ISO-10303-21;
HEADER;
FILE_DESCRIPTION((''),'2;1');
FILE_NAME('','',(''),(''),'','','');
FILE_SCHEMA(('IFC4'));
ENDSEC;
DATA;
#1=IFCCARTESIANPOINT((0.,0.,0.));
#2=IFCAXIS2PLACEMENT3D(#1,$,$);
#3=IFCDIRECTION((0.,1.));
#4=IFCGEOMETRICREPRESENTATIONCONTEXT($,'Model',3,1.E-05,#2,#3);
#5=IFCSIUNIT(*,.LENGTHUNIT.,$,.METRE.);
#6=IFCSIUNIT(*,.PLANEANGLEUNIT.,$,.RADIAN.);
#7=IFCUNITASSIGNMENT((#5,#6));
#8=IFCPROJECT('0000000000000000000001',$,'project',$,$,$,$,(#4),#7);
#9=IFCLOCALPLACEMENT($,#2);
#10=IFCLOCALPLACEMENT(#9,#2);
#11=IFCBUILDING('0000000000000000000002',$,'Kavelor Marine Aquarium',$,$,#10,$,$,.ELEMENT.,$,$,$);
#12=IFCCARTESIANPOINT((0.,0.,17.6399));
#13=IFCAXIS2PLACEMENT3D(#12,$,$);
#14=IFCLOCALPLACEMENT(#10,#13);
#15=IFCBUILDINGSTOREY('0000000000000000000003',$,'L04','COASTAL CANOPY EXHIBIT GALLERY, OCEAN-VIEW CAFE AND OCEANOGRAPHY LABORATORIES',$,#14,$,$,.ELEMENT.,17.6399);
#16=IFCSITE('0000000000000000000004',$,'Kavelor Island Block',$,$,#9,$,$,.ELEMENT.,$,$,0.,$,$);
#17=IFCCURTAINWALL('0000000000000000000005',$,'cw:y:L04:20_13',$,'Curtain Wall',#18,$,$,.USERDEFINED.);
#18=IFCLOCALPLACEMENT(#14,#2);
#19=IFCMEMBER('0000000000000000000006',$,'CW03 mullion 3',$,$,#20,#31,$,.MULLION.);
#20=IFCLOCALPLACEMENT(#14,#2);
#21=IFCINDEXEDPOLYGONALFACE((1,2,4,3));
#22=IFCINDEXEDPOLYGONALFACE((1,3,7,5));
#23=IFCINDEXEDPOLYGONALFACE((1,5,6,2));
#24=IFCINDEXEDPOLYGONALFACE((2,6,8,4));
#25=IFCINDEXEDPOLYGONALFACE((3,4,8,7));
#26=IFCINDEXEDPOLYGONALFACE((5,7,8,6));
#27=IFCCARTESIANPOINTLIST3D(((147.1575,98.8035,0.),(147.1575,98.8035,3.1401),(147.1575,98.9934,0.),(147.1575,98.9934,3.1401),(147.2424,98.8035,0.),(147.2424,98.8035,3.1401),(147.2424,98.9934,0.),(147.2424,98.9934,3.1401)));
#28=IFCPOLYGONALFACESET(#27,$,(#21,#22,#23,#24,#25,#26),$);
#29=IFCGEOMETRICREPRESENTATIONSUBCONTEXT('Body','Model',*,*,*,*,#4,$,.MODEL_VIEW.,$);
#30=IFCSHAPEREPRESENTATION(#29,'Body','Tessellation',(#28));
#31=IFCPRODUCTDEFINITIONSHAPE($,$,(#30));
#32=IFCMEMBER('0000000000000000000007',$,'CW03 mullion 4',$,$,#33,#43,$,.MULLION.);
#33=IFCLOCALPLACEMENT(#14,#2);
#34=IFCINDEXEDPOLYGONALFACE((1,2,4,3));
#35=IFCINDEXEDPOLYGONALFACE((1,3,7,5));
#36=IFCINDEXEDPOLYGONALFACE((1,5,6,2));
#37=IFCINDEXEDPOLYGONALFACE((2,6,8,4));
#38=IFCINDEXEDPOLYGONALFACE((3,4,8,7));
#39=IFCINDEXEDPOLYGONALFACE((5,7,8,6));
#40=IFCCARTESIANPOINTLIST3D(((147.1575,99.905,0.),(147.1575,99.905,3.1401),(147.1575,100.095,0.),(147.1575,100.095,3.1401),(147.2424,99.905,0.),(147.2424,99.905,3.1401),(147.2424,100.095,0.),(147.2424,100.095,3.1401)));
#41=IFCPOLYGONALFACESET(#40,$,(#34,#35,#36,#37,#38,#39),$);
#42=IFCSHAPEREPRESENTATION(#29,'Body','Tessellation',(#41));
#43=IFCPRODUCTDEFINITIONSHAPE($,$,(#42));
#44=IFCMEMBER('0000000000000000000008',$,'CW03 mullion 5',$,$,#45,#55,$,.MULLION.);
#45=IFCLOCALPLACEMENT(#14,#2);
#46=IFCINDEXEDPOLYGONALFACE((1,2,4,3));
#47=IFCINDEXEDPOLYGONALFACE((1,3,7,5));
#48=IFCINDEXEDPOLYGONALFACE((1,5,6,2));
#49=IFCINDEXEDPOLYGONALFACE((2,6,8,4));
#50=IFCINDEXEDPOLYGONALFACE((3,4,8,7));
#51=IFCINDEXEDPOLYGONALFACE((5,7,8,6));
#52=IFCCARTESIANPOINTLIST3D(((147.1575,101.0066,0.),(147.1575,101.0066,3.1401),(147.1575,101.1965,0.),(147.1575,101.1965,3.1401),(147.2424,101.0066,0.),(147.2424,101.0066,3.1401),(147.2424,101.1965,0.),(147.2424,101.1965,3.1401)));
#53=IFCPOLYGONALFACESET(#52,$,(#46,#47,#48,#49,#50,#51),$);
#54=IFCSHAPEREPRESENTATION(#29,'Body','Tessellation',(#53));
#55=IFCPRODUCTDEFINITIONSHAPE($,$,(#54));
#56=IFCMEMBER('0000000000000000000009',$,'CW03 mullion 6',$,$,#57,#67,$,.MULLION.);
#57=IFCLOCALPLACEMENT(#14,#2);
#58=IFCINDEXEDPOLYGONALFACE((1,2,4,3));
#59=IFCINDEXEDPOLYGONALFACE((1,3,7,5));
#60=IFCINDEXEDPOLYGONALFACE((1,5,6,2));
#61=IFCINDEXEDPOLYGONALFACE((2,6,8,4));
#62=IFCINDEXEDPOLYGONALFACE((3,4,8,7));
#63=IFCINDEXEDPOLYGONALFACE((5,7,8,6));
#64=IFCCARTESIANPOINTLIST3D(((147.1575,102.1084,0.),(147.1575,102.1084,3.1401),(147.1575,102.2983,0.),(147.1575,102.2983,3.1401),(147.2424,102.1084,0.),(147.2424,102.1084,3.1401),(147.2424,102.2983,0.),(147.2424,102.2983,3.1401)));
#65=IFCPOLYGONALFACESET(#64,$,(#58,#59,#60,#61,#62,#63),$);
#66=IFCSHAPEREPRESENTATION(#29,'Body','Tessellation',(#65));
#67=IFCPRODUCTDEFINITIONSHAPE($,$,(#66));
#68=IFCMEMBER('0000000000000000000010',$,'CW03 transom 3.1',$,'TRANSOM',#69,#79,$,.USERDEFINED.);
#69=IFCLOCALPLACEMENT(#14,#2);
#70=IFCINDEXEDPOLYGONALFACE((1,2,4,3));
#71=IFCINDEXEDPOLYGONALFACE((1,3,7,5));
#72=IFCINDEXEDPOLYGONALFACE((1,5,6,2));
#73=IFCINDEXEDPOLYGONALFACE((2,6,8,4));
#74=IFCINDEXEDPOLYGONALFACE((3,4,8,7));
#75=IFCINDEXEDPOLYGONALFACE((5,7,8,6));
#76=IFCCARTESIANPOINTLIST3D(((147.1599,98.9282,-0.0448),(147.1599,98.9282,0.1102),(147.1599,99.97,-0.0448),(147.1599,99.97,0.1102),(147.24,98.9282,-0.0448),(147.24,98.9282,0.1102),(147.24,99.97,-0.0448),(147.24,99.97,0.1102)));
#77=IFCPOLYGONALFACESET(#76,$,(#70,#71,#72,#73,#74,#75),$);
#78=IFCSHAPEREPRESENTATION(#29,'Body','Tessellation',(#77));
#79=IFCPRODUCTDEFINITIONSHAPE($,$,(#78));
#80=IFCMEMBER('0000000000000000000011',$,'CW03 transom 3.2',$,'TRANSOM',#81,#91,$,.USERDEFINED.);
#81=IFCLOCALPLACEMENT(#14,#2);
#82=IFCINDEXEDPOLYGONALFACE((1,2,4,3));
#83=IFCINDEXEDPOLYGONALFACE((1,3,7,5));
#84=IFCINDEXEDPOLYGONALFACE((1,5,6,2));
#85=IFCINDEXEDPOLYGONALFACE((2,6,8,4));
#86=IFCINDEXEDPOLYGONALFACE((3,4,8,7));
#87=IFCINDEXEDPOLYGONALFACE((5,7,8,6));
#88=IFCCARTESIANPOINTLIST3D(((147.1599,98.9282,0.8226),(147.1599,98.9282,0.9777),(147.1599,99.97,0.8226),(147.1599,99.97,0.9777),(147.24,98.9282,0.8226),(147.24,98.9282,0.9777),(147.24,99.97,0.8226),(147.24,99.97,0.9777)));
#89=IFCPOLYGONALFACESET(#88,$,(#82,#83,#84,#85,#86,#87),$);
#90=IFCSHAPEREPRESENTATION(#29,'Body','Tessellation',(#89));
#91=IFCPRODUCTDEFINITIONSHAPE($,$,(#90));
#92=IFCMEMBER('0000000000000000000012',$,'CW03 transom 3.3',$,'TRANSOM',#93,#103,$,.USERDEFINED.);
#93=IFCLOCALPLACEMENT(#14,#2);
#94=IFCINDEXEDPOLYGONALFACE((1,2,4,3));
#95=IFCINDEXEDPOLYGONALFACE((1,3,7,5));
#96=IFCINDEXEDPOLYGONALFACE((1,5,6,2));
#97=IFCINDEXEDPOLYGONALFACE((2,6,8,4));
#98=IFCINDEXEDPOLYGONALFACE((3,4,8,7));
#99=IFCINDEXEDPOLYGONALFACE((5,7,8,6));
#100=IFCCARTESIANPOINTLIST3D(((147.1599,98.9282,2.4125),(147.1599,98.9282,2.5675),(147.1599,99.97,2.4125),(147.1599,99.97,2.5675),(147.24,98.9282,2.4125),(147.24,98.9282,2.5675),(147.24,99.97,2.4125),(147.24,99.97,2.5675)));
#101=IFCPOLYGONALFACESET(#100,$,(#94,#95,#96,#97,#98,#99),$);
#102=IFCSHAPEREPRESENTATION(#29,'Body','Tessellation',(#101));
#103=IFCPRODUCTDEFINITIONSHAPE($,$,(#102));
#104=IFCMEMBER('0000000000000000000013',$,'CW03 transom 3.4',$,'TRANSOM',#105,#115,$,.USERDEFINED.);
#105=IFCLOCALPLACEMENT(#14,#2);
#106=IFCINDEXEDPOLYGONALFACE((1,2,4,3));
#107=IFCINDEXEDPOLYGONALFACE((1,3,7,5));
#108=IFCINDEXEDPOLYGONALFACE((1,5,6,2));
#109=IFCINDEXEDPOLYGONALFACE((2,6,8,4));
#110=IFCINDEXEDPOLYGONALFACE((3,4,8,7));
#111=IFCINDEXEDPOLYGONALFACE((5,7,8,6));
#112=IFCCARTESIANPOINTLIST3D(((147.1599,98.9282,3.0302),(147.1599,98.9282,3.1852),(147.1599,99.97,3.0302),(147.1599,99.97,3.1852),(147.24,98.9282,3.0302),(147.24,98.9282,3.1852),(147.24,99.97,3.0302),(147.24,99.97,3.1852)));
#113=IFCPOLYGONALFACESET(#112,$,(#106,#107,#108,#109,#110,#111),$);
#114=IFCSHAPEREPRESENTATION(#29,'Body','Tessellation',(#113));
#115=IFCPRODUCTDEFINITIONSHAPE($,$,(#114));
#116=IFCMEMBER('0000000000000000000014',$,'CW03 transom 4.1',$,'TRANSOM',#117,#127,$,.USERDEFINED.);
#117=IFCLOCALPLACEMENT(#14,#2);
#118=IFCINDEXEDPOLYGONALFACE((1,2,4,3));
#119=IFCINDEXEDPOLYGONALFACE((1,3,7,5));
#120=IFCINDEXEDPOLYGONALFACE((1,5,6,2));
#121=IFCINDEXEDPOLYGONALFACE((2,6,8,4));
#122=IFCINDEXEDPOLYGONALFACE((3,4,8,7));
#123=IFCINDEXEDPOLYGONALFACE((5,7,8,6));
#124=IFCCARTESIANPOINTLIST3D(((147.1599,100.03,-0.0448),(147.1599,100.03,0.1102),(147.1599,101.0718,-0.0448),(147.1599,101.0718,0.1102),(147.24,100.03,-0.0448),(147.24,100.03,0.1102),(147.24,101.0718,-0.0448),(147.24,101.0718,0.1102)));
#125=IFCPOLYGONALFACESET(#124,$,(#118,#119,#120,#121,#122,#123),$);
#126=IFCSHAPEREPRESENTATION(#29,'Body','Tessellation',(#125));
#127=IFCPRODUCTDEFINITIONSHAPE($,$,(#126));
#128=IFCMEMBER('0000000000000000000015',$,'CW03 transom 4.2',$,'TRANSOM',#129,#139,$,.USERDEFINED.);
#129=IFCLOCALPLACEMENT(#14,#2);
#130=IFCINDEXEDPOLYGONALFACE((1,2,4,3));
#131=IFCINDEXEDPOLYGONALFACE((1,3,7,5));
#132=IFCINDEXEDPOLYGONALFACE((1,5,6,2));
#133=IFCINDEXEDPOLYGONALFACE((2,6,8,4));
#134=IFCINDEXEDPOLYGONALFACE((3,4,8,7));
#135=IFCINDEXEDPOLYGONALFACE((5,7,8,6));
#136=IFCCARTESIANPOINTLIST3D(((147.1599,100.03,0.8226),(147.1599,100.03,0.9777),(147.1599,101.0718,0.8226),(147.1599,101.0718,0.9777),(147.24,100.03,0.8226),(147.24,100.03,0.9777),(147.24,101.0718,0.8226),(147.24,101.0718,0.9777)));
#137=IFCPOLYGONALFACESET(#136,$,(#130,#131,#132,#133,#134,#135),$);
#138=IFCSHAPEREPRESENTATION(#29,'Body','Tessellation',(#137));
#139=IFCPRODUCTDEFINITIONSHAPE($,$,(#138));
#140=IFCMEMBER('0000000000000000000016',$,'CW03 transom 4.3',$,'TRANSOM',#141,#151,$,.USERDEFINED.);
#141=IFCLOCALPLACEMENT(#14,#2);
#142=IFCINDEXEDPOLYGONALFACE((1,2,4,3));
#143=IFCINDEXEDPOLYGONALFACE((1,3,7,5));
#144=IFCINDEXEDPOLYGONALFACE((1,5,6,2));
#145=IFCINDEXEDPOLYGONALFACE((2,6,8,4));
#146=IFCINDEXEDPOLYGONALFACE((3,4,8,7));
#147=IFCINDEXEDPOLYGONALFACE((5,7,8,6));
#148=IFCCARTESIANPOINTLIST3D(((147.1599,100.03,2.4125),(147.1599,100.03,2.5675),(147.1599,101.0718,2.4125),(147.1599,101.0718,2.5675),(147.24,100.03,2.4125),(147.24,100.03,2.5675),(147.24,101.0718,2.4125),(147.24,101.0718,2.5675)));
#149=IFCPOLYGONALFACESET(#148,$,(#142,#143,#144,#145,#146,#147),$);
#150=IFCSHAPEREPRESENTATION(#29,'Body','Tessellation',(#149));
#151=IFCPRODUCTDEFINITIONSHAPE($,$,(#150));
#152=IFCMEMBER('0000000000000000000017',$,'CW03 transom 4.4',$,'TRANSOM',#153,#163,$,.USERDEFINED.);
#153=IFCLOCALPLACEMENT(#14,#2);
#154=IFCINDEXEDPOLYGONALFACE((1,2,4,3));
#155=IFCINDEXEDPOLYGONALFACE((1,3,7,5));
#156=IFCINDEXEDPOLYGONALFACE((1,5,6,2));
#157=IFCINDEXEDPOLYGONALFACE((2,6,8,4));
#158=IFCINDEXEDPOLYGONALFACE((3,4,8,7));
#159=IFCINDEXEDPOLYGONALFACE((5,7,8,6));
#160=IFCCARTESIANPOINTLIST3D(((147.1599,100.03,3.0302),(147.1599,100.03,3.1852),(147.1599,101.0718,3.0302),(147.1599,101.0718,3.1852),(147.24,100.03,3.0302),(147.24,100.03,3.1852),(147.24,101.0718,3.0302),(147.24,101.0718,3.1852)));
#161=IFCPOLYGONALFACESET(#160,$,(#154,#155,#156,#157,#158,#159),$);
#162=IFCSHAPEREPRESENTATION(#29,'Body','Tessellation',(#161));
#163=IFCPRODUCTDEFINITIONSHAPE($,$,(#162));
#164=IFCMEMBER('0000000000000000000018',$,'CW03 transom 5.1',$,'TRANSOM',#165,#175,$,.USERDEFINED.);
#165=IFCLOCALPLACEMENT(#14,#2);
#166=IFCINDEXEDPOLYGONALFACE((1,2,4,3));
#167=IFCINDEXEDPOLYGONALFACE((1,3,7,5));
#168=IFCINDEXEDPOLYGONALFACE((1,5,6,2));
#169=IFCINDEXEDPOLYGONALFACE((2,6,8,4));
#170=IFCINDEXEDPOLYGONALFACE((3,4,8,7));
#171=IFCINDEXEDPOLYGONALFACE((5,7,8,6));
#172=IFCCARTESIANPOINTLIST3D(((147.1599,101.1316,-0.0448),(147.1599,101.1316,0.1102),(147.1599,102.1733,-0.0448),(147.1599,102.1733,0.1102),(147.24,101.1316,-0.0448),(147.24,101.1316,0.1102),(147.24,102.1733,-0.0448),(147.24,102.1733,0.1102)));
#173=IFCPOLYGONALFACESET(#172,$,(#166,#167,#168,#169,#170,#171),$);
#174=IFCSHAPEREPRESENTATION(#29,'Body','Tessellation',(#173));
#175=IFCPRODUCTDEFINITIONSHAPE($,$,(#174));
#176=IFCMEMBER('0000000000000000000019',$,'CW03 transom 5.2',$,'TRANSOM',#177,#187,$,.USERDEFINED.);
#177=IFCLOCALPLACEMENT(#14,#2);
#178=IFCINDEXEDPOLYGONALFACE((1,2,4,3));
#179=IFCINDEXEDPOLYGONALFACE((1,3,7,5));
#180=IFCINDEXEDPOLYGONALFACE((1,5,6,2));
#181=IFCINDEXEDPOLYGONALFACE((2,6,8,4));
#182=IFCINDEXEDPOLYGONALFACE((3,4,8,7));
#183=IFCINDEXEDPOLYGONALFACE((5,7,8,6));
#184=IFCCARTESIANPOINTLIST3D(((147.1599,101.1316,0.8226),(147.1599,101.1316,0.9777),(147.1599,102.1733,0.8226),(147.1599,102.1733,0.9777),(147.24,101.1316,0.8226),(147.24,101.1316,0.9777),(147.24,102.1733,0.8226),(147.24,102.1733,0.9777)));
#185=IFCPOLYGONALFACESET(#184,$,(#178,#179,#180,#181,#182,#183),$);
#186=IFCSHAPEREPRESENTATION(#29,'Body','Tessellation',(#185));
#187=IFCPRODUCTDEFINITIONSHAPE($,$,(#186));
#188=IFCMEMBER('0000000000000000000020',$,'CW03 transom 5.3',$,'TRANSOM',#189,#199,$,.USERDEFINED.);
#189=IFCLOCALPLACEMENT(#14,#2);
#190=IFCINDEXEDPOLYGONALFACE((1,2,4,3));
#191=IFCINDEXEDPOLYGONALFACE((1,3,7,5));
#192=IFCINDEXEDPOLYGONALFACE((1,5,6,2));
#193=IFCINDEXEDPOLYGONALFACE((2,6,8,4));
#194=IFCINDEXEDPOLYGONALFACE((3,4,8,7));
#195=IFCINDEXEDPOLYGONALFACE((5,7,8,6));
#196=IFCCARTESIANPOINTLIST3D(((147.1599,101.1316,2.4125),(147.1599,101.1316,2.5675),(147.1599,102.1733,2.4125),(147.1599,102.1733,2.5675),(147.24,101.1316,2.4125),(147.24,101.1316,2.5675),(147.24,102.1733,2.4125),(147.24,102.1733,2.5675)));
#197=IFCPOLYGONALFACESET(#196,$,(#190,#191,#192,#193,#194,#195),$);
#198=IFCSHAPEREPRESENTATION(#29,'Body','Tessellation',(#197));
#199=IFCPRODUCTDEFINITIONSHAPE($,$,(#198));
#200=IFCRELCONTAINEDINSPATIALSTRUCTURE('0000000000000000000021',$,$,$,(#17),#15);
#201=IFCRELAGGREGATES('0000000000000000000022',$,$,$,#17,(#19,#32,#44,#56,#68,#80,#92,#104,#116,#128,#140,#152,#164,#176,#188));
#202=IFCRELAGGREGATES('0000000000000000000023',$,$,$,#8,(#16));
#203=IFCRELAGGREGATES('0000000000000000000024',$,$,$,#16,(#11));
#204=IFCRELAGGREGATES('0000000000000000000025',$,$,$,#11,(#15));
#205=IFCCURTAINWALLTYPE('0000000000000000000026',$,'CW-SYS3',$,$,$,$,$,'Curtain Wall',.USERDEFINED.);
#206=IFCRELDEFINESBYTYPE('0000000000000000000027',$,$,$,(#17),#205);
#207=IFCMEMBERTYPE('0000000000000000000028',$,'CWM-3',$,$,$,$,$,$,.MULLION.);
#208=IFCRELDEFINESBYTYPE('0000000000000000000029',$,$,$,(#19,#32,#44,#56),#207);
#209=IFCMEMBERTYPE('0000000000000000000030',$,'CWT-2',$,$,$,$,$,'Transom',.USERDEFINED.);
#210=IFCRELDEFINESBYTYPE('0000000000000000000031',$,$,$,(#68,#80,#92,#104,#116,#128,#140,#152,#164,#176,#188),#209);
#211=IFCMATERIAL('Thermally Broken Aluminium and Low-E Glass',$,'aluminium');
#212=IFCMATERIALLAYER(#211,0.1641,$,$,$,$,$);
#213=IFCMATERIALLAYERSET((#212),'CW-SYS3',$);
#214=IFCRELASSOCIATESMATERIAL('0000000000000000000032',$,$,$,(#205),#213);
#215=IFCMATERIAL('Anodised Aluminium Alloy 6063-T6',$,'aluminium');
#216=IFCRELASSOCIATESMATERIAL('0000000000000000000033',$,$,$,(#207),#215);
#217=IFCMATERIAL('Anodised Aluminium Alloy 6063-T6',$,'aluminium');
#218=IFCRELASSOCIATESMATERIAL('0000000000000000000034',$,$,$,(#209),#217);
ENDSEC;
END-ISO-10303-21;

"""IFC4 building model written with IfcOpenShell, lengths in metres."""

from ifc_helpers import new_model, si_unit, direction, frame, origin, origin_2d, place, context, subcontext, project, spatial, rectangle, extrude, material, layer, layer_set, material_profile, profile_set, type_object, element, aggregate, save


model = new_model("IFC4")

# Units and contexts
model_context = context("Model", 3, precision=1e-05, world=origin(), true_north=direction((0.0, 1.0)))
body_context = subcontext(model_context, "Body", "Model", "MODEL_VIEW")
ifc_project = project(units=[si_unit("LENGTHUNIT", "METRE"), si_unit("PLANEANGLEUNIT", "RADIAN")], contexts=[model_context])

# Site, building, storey
site_placement = place(None, origin())
site = spatial("IfcSite", under=ifc_project, at=site_placement, Name="Kavelor Island Block", CompositionType="ELEMENT", RefElevation=0.0)
building_placement = place(site_placement, origin())
building = spatial("IfcBuilding", under=site, at=building_placement, Name="Kavelor Marine Aquarium", CompositionType="ELEMENT")
storey_placement = place(building_placement, frame((0.0, 0.0, 17.6399)))
storey = spatial("IfcBuildingStorey", under=building, at=storey_placement, Name="L04", Description="COASTAL CANOPY EXHIBIT GALLERY, OCEAN-VIEW CAFE AND OCEANOGRAPHY LABORATORIES", CompositionType="ELEMENT", Elevation=17.6399)

# Curtain wall, members
ifc_material_1 = material(Name="Thermally Broken Aluminium and Low-E Glass", Category="aluminium")
ifc_layer_1 = layer(ifc_material_1, 0.1641)
ifc_layer_set_1 = layer_set([ifc_layer_1], Name="CW-SYS3")
curtain_wall_type = type_object("IfcCurtainWallType", Name="CW-SYS3", ElementType="Curtain Wall", PredefinedType="USERDEFINED", material=ifc_layer_set_1)
curtain_wall_placement = place(storey_placement, origin())
curtain_wall = element("IfcCurtainWall", 1, at=curtain_wall_placement, inside=storey, type_object=curtain_wall_type, Name="cw:y:L04:20_13", ObjectType="Curtain Wall", PredefinedType="USERDEFINED")
ifc_material_2 = material(Name="Anodised Aluminium Alloy 6063-T6", Category="aluminium")
ifc_material_profile_1 = material_profile(ifc_material_2, rectangle(XDim=0.085, YDim=0.1899, at=origin_2d()), Name="CW-MUL 85x190")
ifc_profile_set_1 = profile_set([ifc_material_profile_1], Name="Anodised Aluminium Alloy 6063-T6")
member_type_1 = type_object("IfcMemberType", Name="CWM-3", PredefinedType="MULLION", material=ifc_profile_set_1)
member_1_placement = place(storey_placement, frame((147.2, 98.8984, 0.0), z_axis=(0.0, 0.0, 1.0), x_axis=(-1.0, 0.0, 0.0)))
member_1 = element("IfcMember", 2, at=member_1_placement, type_object=member_type_1, Name="CW03 mullion 3", PredefinedType="MULLION", context=body_context, shape_type="SweptSolid", body=[
    extrude(rectangle(XDim=0.085, YDim=0.1899, at=origin_2d()), origin(), (0.0, 0.0, 1.0), 3.1401),
])
member_2_placement = place(storey_placement, frame((147.2, 100.0, 0.0), z_axis=(0.0, 0.0, 1.0), x_axis=(-1.0, 0.0, 0.0)))
member_2 = element("IfcMember", 3, at=member_2_placement, type_object=member_type_1, Name="CW03 mullion 4", PredefinedType="MULLION", context=body_context, shape_type="SweptSolid", body=[
    extrude(rectangle(XDim=0.085, YDim=0.1899, at=origin_2d()), origin(), (0.0, 0.0, 1.0), 3.1401),
])
member_3_placement = place(storey_placement, frame((147.2, 101.1016, 0.0), z_axis=(0.0, 0.0, 1.0), x_axis=(-1.0, 0.0, 0.0)))
member_3 = element("IfcMember", 4, at=member_3_placement, type_object=member_type_1, Name="CW03 mullion 5", PredefinedType="MULLION", context=body_context, shape_type="SweptSolid", body=[
    extrude(rectangle(XDim=0.085, YDim=0.1899, at=origin_2d()), origin(), (0.0, 0.0, 1.0), 3.1401),
])
member_4_placement = place(storey_placement, frame((147.2, 102.2034, 0.0), z_axis=(0.0, 0.0, 1.0), x_axis=(-1.0, 0.0, 0.0)))
member_4 = element("IfcMember", 5, at=member_4_placement, type_object=member_type_1, Name="CW03 mullion 6", PredefinedType="MULLION", context=body_context, shape_type="SweptSolid", body=[
    extrude(rectangle(XDim=0.085, YDim=0.1899, at=origin_2d()), origin(), (0.0, 0.0, 1.0), 3.1401),
])
ifc_material_3 = material(Name="Anodised Aluminium Alloy 6063-T6", Category="aluminium")
ifc_material_profile_2 = material_profile(ifc_material_3, rectangle(XDim=0.0801, YDim=0.155, at=origin_2d()), Name="CW-TRN 80x155")
ifc_profile_set_2 = profile_set([ifc_material_profile_2], Name="Anodised Aluminium Alloy 6063-T6")
member_type_2 = type_object("IfcMemberType", Name="CWT-2", ElementType="Transom", PredefinedType="USERDEFINED", material=ifc_profile_set_2)
member_5_placement = place(storey_placement, frame((147.2, 98.9282, 0.0327), z_axis=(0.0, 1.0, 0.0), x_axis=(-1.0, 0.0, 0.0)))
member_5 = element("IfcMember", 6, at=member_5_placement, type_object=member_type_2, Name="CW03 transom 3.1", ObjectType="TRANSOM", PredefinedType="USERDEFINED", context=body_context, shape_type="SweptSolid", body=[
    extrude(rectangle(XDim=0.0801, YDim=0.155, at=origin_2d()), origin(), (0.0, 0.0, 1.0), 1.0417),
])
member_6_placement = place(storey_placement, frame((147.2, 98.9282, 0.9001), z_axis=(0.0, 1.0, 0.0), x_axis=(-1.0, 0.0, 0.0)))
member_6 = element("IfcMember", 7, at=member_6_placement, type_object=member_type_2, Name="CW03 transom 3.2", ObjectType="TRANSOM", PredefinedType="USERDEFINED", context=body_context, shape_type="SweptSolid", body=[
    extrude(rectangle(XDim=0.0801, YDim=0.155, at=origin_2d()), origin(), (0.0, 0.0, 1.0), 1.0417),
])
member_7_placement = place(storey_placement, frame((147.2, 98.9282, 2.49), z_axis=(0.0, 1.0, 0.0), x_axis=(-1.0, 0.0, 0.0)))
member_7 = element("IfcMember", 8, at=member_7_placement, type_object=member_type_2, Name="CW03 transom 3.3", ObjectType="TRANSOM", PredefinedType="USERDEFINED", context=body_context, shape_type="SweptSolid", body=[
    extrude(rectangle(XDim=0.0801, YDim=0.155, at=origin_2d()), origin(), (0.0, 0.0, 1.0), 1.0417),
])
member_8_placement = place(storey_placement, frame((147.2, 98.9282, 3.1077), z_axis=(0.0, 1.0, 0.0), x_axis=(-1.0, 0.0, 0.0)))
member_8 = element("IfcMember", 9, at=member_8_placement, type_object=member_type_2, Name="CW03 transom 3.4", ObjectType="TRANSOM", PredefinedType="USERDEFINED", context=body_context, shape_type="SweptSolid", body=[
    extrude(rectangle(XDim=0.0801, YDim=0.155, at=origin_2d()), origin(), (0.0, 0.0, 1.0), 1.0417),
])
member_9_placement = place(storey_placement, frame((147.2, 100.03, 0.0327), z_axis=(0.0, 1.0, 0.0), x_axis=(-1.0, 0.0, 0.0)))
member_9 = element("IfcMember", 10, at=member_9_placement, type_object=member_type_2, Name="CW03 transom 4.1", ObjectType="TRANSOM", PredefinedType="USERDEFINED", context=body_context, shape_type="SweptSolid", body=[
    extrude(rectangle(XDim=0.0801, YDim=0.155, at=origin_2d()), origin(), (0.0, 0.0, 1.0), 1.0417),
])
member_10_placement = place(storey_placement, frame((147.2, 100.03, 0.9001), z_axis=(0.0, 1.0, 0.0), x_axis=(-1.0, 0.0, 0.0)))
member_10 = element("IfcMember", 11, at=member_10_placement, type_object=member_type_2, Name="CW03 transom 4.2", ObjectType="TRANSOM", PredefinedType="USERDEFINED", context=body_context, shape_type="SweptSolid", body=[
    extrude(rectangle(XDim=0.0801, YDim=0.155, at=origin_2d()), origin(), (0.0, 0.0, 1.0), 1.0417),
])
member_11_placement = place(storey_placement, frame((147.2, 100.03, 2.49), z_axis=(0.0, 1.0, 0.0), x_axis=(-1.0, 0.0, 0.0)))
member_11 = element("IfcMember", 12, at=member_11_placement, type_object=member_type_2, Name="CW03 transom 4.3", ObjectType="TRANSOM", PredefinedType="USERDEFINED", context=body_context, shape_type="SweptSolid", body=[
    extrude(rectangle(XDim=0.0801, YDim=0.155, at=origin_2d()), origin(), (0.0, 0.0, 1.0), 1.0417),
])
member_12_placement = place(storey_placement, frame((147.2, 100.03, 3.1077), z_axis=(0.0, 1.0, 0.0), x_axis=(-1.0, 0.0, 0.0)))
member_12 = element("IfcMember", 13, at=member_12_placement, type_object=member_type_2, Name="CW03 transom 4.4", ObjectType="TRANSOM", PredefinedType="USERDEFINED", context=body_context, shape_type="SweptSolid", body=[
    extrude(rectangle(XDim=0.0801, YDim=0.155, at=origin_2d()), origin(), (0.0, 0.0, 1.0), 1.0417),
])
member_13_placement = place(storey_placement, frame((147.2, 101.1316, 0.0327), z_axis=(0.0, 1.0, 0.0), x_axis=(-1.0, 0.0, 0.0)))
member_13 = element("IfcMember", 14, at=member_13_placement, type_object=member_type_2, Name="CW03 transom 5.1", ObjectType="TRANSOM", PredefinedType="USERDEFINED", context=body_context, shape_type="SweptSolid", body=[
    extrude(rectangle(XDim=0.0801, YDim=0.155, at=origin_2d()), origin(), (0.0, 0.0, 1.0), 1.0417),
])
member_14_placement = place(storey_placement, frame((147.2, 101.1316, 0.9001), z_axis=(0.0, 1.0, 0.0), x_axis=(-1.0, 0.0, 0.0)))
member_14 = element("IfcMember", 15, at=member_14_placement, type_object=member_type_2, Name="CW03 transom 5.2", ObjectType="TRANSOM", PredefinedType="USERDEFINED", context=body_context, shape_type="SweptSolid", body=[
    extrude(rectangle(XDim=0.0801, YDim=0.155, at=origin_2d()), origin(), (0.0, 0.0, 1.0), 1.0417),
])
member_15_placement = place(storey_placement, frame((147.2, 101.1316, 2.49), z_axis=(0.0, 1.0, 0.0), x_axis=(-1.0, 0.0, 0.0)))
member_15 = element("IfcMember", 16, at=member_15_placement, type_object=member_type_2, Name="CW03 transom 5.3", ObjectType="TRANSOM", PredefinedType="USERDEFINED", context=body_context, shape_type="SweptSolid", body=[
    extrude(rectangle(XDim=0.0801, YDim=0.155, at=origin_2d()), origin(), (0.0, 0.0, 1.0), 1.0417),
])
aggregate(curtain_wall, [member_1, member_2, member_3, member_4, member_5, member_6, member_7, member_8, member_9, member_10, member_11, member_12, member_13, member_14, member_15])

save(model, "model.ifc")
